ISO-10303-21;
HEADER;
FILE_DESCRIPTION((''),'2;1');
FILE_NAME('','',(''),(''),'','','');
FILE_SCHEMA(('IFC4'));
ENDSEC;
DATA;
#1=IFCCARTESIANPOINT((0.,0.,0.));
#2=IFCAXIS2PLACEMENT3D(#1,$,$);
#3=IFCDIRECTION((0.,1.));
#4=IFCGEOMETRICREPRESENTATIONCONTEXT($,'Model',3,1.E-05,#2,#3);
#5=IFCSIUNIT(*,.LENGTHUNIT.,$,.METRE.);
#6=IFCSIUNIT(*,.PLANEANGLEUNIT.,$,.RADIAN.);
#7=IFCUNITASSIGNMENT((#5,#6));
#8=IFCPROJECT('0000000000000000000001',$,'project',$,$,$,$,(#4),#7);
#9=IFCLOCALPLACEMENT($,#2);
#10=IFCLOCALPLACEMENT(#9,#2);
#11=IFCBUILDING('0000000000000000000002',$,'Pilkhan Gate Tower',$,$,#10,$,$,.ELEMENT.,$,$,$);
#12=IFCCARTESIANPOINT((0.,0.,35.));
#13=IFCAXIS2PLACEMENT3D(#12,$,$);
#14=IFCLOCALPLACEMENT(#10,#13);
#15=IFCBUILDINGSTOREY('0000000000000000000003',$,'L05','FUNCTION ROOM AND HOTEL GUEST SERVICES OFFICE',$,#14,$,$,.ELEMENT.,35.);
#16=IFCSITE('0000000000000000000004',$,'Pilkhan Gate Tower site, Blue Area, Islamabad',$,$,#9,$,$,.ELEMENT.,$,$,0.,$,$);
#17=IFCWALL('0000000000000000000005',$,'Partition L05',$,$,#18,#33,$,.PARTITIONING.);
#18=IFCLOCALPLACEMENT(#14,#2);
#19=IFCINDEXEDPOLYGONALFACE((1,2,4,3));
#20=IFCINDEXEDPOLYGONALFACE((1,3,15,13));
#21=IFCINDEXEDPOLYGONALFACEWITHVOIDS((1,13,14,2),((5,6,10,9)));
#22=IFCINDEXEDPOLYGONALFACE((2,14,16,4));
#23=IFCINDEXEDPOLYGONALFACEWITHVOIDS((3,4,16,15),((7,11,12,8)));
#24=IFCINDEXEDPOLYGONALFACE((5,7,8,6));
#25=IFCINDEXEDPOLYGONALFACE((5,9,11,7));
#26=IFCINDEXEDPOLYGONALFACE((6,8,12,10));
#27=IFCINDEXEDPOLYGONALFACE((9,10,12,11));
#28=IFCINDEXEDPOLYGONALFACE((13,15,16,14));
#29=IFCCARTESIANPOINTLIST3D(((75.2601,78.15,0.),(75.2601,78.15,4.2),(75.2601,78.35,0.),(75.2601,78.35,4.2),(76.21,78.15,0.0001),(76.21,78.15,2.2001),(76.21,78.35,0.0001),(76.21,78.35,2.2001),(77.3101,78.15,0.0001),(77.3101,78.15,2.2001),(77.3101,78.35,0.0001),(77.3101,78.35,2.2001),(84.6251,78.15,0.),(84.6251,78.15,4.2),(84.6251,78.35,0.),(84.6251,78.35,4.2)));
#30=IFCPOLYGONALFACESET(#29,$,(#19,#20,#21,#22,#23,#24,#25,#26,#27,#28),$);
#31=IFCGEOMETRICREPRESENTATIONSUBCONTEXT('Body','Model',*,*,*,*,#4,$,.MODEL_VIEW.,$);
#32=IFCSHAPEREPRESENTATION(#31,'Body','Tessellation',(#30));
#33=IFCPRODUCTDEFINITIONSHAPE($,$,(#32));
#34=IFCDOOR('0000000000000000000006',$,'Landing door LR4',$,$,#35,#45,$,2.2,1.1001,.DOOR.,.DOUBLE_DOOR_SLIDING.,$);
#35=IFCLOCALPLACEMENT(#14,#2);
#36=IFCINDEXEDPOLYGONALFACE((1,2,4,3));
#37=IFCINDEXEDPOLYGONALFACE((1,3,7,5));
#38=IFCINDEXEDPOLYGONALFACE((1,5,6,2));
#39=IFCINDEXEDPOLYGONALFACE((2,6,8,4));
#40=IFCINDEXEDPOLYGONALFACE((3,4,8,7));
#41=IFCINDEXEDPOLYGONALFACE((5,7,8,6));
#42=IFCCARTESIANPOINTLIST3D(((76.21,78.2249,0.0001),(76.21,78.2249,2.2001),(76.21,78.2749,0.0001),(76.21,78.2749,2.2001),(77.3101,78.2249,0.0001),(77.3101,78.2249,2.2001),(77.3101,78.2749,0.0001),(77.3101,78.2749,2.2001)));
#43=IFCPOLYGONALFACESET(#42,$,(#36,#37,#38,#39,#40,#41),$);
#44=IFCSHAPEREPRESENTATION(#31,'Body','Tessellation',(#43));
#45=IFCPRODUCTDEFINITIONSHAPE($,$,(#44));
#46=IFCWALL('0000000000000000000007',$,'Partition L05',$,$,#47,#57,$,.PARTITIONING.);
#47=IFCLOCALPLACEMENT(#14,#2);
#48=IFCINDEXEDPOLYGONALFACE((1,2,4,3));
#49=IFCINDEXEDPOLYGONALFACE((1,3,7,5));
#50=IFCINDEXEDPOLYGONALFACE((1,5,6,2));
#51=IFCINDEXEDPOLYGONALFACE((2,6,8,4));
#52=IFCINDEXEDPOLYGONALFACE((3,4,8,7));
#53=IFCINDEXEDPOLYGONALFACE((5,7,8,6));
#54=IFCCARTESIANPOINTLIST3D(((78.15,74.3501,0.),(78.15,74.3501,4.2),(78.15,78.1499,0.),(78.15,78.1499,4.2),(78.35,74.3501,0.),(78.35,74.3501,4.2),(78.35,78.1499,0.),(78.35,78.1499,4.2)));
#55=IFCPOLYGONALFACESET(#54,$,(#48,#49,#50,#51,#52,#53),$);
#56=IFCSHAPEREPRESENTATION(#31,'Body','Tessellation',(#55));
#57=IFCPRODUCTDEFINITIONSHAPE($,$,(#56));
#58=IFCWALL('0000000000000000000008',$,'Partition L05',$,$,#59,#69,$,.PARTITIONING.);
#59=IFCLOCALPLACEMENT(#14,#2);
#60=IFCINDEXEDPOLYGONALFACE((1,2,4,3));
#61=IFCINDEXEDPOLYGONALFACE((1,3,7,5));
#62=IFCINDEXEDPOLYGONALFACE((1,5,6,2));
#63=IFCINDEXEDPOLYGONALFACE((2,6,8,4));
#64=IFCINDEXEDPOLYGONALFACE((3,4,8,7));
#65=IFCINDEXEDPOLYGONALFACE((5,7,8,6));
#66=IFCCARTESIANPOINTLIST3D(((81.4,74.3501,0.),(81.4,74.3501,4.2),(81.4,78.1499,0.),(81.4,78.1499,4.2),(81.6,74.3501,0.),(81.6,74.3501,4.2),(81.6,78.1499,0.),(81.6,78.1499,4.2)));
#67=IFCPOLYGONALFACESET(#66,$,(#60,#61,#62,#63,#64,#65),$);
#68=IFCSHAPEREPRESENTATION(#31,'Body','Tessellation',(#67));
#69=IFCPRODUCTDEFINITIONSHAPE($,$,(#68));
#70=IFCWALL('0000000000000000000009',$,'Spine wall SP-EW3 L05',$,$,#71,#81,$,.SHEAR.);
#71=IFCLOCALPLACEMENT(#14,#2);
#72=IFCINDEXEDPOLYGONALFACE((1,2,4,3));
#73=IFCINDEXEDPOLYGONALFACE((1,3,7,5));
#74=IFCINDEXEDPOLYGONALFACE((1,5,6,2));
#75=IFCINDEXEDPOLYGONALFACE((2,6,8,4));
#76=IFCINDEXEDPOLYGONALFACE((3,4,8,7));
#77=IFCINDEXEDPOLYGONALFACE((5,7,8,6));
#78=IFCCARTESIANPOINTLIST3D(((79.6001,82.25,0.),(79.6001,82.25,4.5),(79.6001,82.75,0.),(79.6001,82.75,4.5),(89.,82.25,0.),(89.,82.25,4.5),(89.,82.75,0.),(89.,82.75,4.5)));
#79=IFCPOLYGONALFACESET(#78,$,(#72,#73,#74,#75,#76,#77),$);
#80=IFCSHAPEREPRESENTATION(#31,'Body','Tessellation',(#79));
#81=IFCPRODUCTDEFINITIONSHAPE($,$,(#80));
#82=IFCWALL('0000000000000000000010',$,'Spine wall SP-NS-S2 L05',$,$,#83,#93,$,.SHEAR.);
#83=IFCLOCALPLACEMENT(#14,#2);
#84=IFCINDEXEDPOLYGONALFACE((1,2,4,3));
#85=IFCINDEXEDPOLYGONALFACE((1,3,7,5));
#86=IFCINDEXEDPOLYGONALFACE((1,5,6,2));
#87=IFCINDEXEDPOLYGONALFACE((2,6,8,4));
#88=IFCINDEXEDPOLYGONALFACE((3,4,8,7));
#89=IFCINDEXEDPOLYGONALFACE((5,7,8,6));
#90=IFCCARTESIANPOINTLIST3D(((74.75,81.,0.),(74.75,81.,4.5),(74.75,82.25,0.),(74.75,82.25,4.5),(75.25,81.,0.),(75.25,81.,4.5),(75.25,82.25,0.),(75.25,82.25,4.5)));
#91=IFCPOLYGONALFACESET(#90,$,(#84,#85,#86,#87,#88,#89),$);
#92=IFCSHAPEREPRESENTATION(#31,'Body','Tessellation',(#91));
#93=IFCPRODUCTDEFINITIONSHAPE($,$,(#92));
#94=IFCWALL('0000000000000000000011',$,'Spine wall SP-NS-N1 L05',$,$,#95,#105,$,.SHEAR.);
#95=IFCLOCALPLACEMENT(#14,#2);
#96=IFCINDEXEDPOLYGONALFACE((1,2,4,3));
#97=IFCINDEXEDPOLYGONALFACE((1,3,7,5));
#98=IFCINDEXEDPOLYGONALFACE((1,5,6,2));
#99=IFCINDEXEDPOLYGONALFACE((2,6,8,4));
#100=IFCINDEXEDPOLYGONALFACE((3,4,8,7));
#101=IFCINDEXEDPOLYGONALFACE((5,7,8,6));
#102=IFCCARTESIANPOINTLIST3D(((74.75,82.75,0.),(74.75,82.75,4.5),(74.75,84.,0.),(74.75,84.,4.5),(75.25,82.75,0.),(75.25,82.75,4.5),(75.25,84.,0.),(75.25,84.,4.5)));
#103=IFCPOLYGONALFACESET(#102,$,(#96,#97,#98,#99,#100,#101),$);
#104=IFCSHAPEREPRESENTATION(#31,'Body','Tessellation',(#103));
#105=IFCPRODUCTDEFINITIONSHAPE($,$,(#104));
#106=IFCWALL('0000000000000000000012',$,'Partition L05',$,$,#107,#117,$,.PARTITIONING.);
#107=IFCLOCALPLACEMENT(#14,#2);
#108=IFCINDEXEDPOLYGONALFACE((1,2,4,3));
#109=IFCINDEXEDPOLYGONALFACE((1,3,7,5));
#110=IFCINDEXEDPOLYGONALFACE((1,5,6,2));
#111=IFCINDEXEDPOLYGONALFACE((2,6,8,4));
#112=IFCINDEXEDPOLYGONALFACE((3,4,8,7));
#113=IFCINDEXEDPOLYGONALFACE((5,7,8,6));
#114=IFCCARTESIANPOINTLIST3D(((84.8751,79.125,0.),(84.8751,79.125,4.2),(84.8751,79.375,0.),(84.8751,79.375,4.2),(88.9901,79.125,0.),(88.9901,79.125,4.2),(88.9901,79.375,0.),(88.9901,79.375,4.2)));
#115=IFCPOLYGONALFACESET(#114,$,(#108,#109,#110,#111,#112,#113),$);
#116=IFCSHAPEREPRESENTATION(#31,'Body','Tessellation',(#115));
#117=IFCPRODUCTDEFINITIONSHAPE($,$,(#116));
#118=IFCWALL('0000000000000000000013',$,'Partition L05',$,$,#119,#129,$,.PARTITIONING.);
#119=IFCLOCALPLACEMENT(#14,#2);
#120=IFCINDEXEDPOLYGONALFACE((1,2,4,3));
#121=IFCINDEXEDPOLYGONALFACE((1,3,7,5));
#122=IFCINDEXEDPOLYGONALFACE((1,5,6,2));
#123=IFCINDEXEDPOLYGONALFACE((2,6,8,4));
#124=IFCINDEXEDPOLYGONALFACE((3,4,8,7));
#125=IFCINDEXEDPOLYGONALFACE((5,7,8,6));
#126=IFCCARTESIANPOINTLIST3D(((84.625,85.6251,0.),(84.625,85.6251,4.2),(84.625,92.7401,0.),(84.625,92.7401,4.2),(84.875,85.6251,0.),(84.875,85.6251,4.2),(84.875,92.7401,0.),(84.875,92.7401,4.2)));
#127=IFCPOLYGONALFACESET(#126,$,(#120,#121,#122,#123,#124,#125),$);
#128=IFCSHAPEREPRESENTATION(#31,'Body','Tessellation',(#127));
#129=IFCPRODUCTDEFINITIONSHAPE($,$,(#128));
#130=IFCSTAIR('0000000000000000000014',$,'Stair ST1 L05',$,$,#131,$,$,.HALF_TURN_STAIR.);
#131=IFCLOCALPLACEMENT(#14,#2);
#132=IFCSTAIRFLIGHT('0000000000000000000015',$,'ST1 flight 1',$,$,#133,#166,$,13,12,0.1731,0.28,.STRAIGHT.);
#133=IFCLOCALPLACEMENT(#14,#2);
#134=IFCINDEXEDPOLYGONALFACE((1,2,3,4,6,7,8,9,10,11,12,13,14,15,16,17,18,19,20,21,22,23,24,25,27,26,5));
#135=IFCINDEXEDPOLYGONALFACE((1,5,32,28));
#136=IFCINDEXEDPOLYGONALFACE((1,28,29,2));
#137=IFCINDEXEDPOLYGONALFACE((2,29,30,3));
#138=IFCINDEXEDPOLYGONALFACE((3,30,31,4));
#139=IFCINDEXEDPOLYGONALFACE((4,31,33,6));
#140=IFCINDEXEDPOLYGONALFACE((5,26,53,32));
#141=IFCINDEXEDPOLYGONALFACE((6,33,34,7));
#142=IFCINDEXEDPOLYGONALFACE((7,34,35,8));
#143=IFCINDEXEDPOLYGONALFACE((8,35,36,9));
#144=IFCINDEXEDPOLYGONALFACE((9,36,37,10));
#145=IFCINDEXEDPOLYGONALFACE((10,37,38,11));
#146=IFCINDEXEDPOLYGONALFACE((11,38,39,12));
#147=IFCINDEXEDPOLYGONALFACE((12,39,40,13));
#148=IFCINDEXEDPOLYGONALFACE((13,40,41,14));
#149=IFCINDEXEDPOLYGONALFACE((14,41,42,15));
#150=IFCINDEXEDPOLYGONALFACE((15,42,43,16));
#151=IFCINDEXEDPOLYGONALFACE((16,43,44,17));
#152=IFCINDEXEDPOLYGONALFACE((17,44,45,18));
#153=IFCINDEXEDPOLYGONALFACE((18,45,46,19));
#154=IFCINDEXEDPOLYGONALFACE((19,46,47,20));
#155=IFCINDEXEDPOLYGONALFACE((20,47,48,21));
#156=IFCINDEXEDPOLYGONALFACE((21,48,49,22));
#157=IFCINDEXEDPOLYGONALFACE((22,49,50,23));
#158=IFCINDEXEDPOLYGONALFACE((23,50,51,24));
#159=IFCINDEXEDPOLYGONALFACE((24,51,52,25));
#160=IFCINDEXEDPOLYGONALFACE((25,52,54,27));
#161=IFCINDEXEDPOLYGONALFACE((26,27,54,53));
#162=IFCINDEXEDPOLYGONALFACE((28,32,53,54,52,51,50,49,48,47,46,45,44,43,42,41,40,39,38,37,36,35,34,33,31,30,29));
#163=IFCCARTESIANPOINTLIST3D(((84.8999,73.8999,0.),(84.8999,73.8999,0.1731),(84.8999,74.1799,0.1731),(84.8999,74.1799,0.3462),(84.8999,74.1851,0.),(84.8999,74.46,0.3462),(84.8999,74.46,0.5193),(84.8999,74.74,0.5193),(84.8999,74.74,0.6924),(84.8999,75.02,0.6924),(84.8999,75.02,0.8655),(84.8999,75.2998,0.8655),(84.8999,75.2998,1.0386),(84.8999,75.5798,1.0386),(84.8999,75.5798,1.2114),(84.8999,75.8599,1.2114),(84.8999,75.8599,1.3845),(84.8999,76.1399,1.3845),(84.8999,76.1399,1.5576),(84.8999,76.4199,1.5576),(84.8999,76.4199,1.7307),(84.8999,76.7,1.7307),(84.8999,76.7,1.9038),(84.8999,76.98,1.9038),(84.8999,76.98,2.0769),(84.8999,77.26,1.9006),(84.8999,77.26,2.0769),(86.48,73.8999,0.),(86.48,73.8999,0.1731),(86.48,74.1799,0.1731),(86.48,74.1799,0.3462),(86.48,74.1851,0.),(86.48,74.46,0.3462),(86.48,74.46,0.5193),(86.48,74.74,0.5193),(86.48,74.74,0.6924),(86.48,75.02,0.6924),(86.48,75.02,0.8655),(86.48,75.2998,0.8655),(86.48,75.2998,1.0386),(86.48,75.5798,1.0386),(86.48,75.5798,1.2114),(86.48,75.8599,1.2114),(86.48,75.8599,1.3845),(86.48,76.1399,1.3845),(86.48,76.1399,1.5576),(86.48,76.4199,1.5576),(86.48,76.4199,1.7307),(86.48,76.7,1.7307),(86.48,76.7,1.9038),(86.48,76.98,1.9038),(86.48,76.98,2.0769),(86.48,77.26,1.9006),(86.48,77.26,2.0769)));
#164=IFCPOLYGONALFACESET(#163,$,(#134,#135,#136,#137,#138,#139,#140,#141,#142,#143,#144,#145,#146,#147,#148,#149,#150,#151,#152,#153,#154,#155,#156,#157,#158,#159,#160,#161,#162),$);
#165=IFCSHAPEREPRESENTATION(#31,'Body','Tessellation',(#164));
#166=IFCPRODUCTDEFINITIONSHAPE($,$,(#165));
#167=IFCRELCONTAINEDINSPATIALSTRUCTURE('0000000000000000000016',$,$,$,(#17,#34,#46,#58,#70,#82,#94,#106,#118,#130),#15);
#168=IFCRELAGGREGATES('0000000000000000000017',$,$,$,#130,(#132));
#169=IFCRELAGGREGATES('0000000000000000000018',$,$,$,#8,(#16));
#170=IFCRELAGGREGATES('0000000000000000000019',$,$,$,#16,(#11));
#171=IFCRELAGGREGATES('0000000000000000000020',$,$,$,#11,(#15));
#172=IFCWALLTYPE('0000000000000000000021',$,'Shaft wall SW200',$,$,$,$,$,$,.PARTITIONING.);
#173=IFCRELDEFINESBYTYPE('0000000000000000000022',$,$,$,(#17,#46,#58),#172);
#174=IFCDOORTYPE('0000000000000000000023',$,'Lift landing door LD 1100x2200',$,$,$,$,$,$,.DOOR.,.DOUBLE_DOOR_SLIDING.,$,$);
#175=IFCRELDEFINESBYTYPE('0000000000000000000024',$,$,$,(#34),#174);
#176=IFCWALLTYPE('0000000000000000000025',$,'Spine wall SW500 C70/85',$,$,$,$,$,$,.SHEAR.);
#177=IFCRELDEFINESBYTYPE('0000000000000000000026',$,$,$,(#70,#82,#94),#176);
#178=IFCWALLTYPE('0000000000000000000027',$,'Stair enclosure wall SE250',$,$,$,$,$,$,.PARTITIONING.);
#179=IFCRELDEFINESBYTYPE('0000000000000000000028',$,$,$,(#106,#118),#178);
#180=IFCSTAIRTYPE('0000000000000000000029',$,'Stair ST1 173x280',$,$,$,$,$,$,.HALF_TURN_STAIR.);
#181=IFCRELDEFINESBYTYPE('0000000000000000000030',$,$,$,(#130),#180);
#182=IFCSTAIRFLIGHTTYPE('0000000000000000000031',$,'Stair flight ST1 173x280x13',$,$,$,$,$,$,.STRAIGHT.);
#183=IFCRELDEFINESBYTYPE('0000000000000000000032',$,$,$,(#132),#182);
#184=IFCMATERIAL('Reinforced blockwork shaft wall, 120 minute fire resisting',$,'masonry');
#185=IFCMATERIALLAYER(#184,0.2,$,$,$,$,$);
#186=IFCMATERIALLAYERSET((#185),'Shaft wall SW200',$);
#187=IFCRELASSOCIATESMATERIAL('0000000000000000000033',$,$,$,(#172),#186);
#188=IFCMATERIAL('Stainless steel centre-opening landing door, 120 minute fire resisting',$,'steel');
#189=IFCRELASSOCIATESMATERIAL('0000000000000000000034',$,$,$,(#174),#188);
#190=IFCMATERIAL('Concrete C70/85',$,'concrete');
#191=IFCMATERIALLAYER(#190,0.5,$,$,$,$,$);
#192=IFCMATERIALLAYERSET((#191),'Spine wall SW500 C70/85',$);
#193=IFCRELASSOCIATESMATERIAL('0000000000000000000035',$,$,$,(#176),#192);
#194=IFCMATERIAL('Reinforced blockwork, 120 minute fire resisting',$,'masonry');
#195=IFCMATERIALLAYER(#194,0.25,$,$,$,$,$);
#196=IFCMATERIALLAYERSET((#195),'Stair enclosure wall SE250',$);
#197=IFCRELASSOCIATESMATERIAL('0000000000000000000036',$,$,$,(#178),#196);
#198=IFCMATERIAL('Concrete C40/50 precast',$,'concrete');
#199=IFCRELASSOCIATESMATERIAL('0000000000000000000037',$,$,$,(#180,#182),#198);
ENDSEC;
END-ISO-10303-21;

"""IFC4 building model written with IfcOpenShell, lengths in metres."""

from ifc_helpers import new_model, si_unit, direction, frame, frame_2d, origin, place, context, subcontext, project, spatial, polyline, rectangle, outline, extrude, material, layer, layer_set, type_object, element, fill, aggregate, save


model = new_model("IFC4")

# Units and contexts
model_context = context("Model", 3, precision=1e-05, world=origin(), true_north=direction((0.0, 1.0)))
body_context = subcontext(model_context, "Body", "Model", "MODEL_VIEW")
ifc_project = project(units=[si_unit("LENGTHUNIT", "METRE"), si_unit("PLANEANGLEUNIT", "RADIAN")], contexts=[model_context])

# Site, building, storey
site_placement = place(None, origin())
site = spatial("IfcSite", under=ifc_project, at=site_placement, Name="Pilkhan Gate Tower site, Blue Area, Islamabad", CompositionType="ELEMENT", RefElevation=0.0)
building_placement = place(site_placement, origin())
building = spatial("IfcBuilding", under=site, at=building_placement, Name="Pilkhan Gate Tower", CompositionType="ELEMENT")
storey_placement = place(building_placement, frame((0.0, 0.0, 35.0)))
storey = spatial("IfcBuildingStorey", under=building, at=storey_placement, Name="L05", Description="FUNCTION ROOM AND HOTEL GUEST SERVICES OFFICE", CompositionType="ELEMENT", Elevation=35.0)

# Shared definitions
ifc_material_1 = material(Name="Concrete C70/85", Category="concrete")

# Shared definitions
ifc_material_2 = material(Name="Reinforced blockwork shaft wall, 120 minute fire resisting", Category="masonry")
ifc_layer_1 = layer(ifc_material_2, 0.2)
ifc_layer_set_1 = layer_set([ifc_layer_1], Name="Shaft wall SW200")
wall_type_1 = type_object("IfcWallType", Name="Shaft wall SW200", PredefinedType="PARTITIONING", material=ifc_layer_set_1)

# Wall, opening, door
wall_1_placement = place(storey_placement, frame((75.26, 78.25, 0.0), z_axis=(0.0, 0.0, 1.0), x_axis=(1.0, 0.0, 0.0)))
wall_1 = element("IfcWall", 1, at=wall_1_placement, inside=storey, type_object=wall_type_1, Name="Partition L05", PredefinedType="PARTITIONING", context=body_context, shape_type="SweptSolid", body=[
    extrude(rectangle(XDim=9.365, YDim=0.2, at=frame_2d((4.6826, 0.0))), origin(), (0.0, 0.0, 1.0), 4.2),
])
opening_1_placement = place(wall_1_placement, frame((0.95, 0.0, 0.0)))
opening_1 = element("IfcOpeningElement", 2, at=opening_1_placement, cuts=wall_1, PredefinedType="OPENING", context=body_context, shape_type="SweptSolid", body=[
    extrude(rectangle(XDim=1.1001, YDim=2.2, at=frame_2d((0.55, 1.1001))), frame((0.0, 0.1099, 0.0), z_axis=(0.0, -1.0, 0.0), x_axis=(1.0, 0.0, 0.0)), (0.0, 0.0, 1.0), 0.22),
])
ifc_material_3 = material(Name="Stainless steel centre-opening landing door, 120 minute fire resisting", Category="steel")
door_type_1 = type_object("IfcDoorType", Name="Lift landing door LD 1100x2200", OperationType="DOUBLE_DOOR_SLIDING", PredefinedType="DOOR", material=ifc_material_3)
door_1_placement = place(opening_1_placement, origin())
door_1 = element("IfcDoor", 3, at=door_1_placement, inside=storey, type_object=door_type_1, Name="Landing door LR4", OperationType="DOUBLE_DOOR_SLIDING", OverallHeight=2.2, OverallWidth=1.1001, PredefinedType="DOOR", context=body_context, shape_type="SweptSolid", body=[
    extrude(rectangle(XDim=1.1001, YDim=2.2, at=frame_2d((0.55, 1.1001))), frame((0.0, 0.0249, 0.0), z_axis=(0.0, -1.0, 0.0), x_axis=(1.0, 0.0, 0.0)), (0.0, 0.0, 1.0), 0.05),
])
fill(opening_1, door_1)

# Walls
for number, where, z_axis, x_axis, name in (
    (4, (78.25, 74.3501, 0.0), (0.0, 0.0, 1.0), (0.0, 1.0, 0.0), "Partition L05"),
    (5, (81.5, 74.3501, 0.0), (0.0, 0.0, 1.0), (0.0, 1.0, 0.0), "Partition L05"),
):
    element("IfcWall", number, at=place(storey_placement, frame(where, z_axis=z_axis, x_axis=x_axis)), inside=storey, type_object=wall_type_1, Name=name, PredefinedType="PARTITIONING", context=body_context, shape_type="SweptSolid", body=[
        extrude(rectangle(XDim=3.7998, YDim=0.2, at=frame_2d((1.8999, 0.0))), origin(), (0.0, 0.0, 1.0), 4.2),
    ])
ifc_layer_2 = layer(ifc_material_1, 0.5)
ifc_layer_set_2 = layer_set([ifc_layer_2], Name="Spine wall SW500 C70/85")
wall_type_2 = type_object("IfcWallType", Name="Spine wall SW500 C70/85", PredefinedType="SHEAR", material=ifc_layer_set_2)
wall_2_placement = place(storey_placement, frame((79.6001, 82.5, 0.0), z_axis=(0.0, 0.0, 1.0), x_axis=(1.0, 0.0, 0.0)))
element("IfcWall", 6, at=wall_2_placement, inside=storey, type_object=wall_type_2, Name="Spine wall SP-EW3 L05", PredefinedType="SHEAR", context=body_context, shape_type="SweptSolid", body=[
    extrude(rectangle(XDim=9.3999, YDim=0.5, at=frame_2d((4.7, 0.0))), origin(), (0.0, 0.0, 1.0), 4.5),
])
for number, where, z_axis, x_axis, name in (
    (7, (75.0, 81.0, 0.0), (0.0, 0.0, 1.0), (0.0, 1.0, 0.0), "Spine wall SP-NS-S2 L05"),
    (8, (75.0, 82.75, 0.0), (0.0, 0.0, 1.0), (0.0, 1.0, 0.0), "Spine wall SP-NS-N1 L05"),
):
    element("IfcWall", number, at=place(storey_placement, frame(where, z_axis=z_axis, x_axis=x_axis)), inside=storey, type_object=wall_type_2, Name=name, PredefinedType="SHEAR", context=body_context, shape_type="SweptSolid", body=[
        extrude(rectangle(XDim=1.25, YDim=0.5, at=frame_2d((0.625, 0.0))), origin(), (0.0, 0.0, 1.0), 4.5),
    ])
ifc_material_4 = material(Name="Reinforced blockwork, 120 minute fire resisting", Category="masonry")
ifc_layer_3 = layer(ifc_material_4, 0.25)
ifc_layer_set_3 = layer_set([ifc_layer_3], Name="Stair enclosure wall SE250")
wall_type_3 = type_object("IfcWallType", Name="Stair enclosure wall SE250", PredefinedType="PARTITIONING", material=ifc_layer_set_3)
wall_3_placement = place(storey_placement, frame((84.875, 79.25, 0.0), z_axis=(0.0, 0.0, 1.0), x_axis=(1.0, 0.0, 0.0)))
element("IfcWall", 9, at=wall_3_placement, inside=storey, type_object=wall_type_3, Name="Partition L05", PredefinedType="PARTITIONING", context=body_context, shape_type="SweptSolid", body=[
    extrude(rectangle(XDim=4.115, YDim=0.25, at=frame_2d((2.0576, 0.0))), origin(), (0.0, 0.0, 1.0), 4.2),
])
wall_4_placement = place(storey_placement, frame((84.75, 85.625, 0.0), z_axis=(0.0, 0.0, 1.0), x_axis=(0.0, 1.0, 0.0)))
element("IfcWall", 10, at=wall_4_placement, inside=storey, type_object=wall_type_3, Name="Partition L05", PredefinedType="PARTITIONING", context=body_context, shape_type="SweptSolid", body=[
    extrude(rectangle(XDim=7.115, YDim=0.25, at=frame_2d((3.5576, 0.0))), origin(), (0.0, 0.0, 1.0), 4.2),
])

# Stair, stair flight
ifc_material_5 = material(Name="Concrete C40/50 precast", Category="concrete")
stair_type = type_object("IfcStairType", Name="Stair ST1 173x280", PredefinedType="HALF_TURN_STAIR", material=ifc_material_5)
stair_placement = place(storey_placement, origin())
stair = element("IfcStair", 11, at=stair_placement, inside=storey, type_object=stair_type, Name="Stair ST1 L05", PredefinedType="HALF_TURN_STAIR")
stair_flight_type = type_object("IfcStairFlightType", Name="Stair flight ST1 173x280x13", PredefinedType="STRAIGHT", material=ifc_material_5)
stair_flight_1_placement = place(storey_placement, frame((85.6899, 73.8999, 0.0), z_axis=(0.0, 0.0, 1.0), x_axis=(0.0, 1.0, 0.0)))
stair_flight_1 = element("IfcStairFlight", 12, at=stair_flight_1_placement, type_object=stair_flight_type, Name="ST1 flight 1", NumberOfRisers=13, NumberOfTreads=12, PredefinedType="STRAIGHT", RiserHeight=0.1731, TreadLength=0.28, context=body_context, shape_type="SweptSolid", body=[
    extrude(outline(polyline([(0.0, 0.0), (0.0, 0.1731), (0.28, 0.1731), (0.28, 0.3462), (0.5601, 0.3462), (0.5601, 0.5193), (0.8401, 0.5193), (0.8401, 0.6924), (1.1201, 0.6924), (1.1201, 0.8655), (1.3999, 0.8655), (1.3999, 1.0386), (1.6799, 1.0386), (1.6799, 1.2114), (1.96, 1.2114), (1.96, 1.3845), (2.24, 1.3845), (2.24, 1.5576), (2.52, 1.5576), (2.52, 1.7307), (2.8, 1.7307), (2.8, 1.9038), (3.0801, 1.9038), (3.0801, 2.0769), (3.3601, 2.0769), (3.3601, 2.25), (3.3601, 1.9006), (0.2852, 0.0), (0.0, 0.0)])), frame((0.0, 0.79, 0.0), z_axis=(0.0, -1.0, 0.0), x_axis=(1.0, 0.0, 0.0)), (0.0, 0.0, 1.0), 1.5801),
])
aggregate(stair, [stair_flight_1])

save(model, "model.ifc")
